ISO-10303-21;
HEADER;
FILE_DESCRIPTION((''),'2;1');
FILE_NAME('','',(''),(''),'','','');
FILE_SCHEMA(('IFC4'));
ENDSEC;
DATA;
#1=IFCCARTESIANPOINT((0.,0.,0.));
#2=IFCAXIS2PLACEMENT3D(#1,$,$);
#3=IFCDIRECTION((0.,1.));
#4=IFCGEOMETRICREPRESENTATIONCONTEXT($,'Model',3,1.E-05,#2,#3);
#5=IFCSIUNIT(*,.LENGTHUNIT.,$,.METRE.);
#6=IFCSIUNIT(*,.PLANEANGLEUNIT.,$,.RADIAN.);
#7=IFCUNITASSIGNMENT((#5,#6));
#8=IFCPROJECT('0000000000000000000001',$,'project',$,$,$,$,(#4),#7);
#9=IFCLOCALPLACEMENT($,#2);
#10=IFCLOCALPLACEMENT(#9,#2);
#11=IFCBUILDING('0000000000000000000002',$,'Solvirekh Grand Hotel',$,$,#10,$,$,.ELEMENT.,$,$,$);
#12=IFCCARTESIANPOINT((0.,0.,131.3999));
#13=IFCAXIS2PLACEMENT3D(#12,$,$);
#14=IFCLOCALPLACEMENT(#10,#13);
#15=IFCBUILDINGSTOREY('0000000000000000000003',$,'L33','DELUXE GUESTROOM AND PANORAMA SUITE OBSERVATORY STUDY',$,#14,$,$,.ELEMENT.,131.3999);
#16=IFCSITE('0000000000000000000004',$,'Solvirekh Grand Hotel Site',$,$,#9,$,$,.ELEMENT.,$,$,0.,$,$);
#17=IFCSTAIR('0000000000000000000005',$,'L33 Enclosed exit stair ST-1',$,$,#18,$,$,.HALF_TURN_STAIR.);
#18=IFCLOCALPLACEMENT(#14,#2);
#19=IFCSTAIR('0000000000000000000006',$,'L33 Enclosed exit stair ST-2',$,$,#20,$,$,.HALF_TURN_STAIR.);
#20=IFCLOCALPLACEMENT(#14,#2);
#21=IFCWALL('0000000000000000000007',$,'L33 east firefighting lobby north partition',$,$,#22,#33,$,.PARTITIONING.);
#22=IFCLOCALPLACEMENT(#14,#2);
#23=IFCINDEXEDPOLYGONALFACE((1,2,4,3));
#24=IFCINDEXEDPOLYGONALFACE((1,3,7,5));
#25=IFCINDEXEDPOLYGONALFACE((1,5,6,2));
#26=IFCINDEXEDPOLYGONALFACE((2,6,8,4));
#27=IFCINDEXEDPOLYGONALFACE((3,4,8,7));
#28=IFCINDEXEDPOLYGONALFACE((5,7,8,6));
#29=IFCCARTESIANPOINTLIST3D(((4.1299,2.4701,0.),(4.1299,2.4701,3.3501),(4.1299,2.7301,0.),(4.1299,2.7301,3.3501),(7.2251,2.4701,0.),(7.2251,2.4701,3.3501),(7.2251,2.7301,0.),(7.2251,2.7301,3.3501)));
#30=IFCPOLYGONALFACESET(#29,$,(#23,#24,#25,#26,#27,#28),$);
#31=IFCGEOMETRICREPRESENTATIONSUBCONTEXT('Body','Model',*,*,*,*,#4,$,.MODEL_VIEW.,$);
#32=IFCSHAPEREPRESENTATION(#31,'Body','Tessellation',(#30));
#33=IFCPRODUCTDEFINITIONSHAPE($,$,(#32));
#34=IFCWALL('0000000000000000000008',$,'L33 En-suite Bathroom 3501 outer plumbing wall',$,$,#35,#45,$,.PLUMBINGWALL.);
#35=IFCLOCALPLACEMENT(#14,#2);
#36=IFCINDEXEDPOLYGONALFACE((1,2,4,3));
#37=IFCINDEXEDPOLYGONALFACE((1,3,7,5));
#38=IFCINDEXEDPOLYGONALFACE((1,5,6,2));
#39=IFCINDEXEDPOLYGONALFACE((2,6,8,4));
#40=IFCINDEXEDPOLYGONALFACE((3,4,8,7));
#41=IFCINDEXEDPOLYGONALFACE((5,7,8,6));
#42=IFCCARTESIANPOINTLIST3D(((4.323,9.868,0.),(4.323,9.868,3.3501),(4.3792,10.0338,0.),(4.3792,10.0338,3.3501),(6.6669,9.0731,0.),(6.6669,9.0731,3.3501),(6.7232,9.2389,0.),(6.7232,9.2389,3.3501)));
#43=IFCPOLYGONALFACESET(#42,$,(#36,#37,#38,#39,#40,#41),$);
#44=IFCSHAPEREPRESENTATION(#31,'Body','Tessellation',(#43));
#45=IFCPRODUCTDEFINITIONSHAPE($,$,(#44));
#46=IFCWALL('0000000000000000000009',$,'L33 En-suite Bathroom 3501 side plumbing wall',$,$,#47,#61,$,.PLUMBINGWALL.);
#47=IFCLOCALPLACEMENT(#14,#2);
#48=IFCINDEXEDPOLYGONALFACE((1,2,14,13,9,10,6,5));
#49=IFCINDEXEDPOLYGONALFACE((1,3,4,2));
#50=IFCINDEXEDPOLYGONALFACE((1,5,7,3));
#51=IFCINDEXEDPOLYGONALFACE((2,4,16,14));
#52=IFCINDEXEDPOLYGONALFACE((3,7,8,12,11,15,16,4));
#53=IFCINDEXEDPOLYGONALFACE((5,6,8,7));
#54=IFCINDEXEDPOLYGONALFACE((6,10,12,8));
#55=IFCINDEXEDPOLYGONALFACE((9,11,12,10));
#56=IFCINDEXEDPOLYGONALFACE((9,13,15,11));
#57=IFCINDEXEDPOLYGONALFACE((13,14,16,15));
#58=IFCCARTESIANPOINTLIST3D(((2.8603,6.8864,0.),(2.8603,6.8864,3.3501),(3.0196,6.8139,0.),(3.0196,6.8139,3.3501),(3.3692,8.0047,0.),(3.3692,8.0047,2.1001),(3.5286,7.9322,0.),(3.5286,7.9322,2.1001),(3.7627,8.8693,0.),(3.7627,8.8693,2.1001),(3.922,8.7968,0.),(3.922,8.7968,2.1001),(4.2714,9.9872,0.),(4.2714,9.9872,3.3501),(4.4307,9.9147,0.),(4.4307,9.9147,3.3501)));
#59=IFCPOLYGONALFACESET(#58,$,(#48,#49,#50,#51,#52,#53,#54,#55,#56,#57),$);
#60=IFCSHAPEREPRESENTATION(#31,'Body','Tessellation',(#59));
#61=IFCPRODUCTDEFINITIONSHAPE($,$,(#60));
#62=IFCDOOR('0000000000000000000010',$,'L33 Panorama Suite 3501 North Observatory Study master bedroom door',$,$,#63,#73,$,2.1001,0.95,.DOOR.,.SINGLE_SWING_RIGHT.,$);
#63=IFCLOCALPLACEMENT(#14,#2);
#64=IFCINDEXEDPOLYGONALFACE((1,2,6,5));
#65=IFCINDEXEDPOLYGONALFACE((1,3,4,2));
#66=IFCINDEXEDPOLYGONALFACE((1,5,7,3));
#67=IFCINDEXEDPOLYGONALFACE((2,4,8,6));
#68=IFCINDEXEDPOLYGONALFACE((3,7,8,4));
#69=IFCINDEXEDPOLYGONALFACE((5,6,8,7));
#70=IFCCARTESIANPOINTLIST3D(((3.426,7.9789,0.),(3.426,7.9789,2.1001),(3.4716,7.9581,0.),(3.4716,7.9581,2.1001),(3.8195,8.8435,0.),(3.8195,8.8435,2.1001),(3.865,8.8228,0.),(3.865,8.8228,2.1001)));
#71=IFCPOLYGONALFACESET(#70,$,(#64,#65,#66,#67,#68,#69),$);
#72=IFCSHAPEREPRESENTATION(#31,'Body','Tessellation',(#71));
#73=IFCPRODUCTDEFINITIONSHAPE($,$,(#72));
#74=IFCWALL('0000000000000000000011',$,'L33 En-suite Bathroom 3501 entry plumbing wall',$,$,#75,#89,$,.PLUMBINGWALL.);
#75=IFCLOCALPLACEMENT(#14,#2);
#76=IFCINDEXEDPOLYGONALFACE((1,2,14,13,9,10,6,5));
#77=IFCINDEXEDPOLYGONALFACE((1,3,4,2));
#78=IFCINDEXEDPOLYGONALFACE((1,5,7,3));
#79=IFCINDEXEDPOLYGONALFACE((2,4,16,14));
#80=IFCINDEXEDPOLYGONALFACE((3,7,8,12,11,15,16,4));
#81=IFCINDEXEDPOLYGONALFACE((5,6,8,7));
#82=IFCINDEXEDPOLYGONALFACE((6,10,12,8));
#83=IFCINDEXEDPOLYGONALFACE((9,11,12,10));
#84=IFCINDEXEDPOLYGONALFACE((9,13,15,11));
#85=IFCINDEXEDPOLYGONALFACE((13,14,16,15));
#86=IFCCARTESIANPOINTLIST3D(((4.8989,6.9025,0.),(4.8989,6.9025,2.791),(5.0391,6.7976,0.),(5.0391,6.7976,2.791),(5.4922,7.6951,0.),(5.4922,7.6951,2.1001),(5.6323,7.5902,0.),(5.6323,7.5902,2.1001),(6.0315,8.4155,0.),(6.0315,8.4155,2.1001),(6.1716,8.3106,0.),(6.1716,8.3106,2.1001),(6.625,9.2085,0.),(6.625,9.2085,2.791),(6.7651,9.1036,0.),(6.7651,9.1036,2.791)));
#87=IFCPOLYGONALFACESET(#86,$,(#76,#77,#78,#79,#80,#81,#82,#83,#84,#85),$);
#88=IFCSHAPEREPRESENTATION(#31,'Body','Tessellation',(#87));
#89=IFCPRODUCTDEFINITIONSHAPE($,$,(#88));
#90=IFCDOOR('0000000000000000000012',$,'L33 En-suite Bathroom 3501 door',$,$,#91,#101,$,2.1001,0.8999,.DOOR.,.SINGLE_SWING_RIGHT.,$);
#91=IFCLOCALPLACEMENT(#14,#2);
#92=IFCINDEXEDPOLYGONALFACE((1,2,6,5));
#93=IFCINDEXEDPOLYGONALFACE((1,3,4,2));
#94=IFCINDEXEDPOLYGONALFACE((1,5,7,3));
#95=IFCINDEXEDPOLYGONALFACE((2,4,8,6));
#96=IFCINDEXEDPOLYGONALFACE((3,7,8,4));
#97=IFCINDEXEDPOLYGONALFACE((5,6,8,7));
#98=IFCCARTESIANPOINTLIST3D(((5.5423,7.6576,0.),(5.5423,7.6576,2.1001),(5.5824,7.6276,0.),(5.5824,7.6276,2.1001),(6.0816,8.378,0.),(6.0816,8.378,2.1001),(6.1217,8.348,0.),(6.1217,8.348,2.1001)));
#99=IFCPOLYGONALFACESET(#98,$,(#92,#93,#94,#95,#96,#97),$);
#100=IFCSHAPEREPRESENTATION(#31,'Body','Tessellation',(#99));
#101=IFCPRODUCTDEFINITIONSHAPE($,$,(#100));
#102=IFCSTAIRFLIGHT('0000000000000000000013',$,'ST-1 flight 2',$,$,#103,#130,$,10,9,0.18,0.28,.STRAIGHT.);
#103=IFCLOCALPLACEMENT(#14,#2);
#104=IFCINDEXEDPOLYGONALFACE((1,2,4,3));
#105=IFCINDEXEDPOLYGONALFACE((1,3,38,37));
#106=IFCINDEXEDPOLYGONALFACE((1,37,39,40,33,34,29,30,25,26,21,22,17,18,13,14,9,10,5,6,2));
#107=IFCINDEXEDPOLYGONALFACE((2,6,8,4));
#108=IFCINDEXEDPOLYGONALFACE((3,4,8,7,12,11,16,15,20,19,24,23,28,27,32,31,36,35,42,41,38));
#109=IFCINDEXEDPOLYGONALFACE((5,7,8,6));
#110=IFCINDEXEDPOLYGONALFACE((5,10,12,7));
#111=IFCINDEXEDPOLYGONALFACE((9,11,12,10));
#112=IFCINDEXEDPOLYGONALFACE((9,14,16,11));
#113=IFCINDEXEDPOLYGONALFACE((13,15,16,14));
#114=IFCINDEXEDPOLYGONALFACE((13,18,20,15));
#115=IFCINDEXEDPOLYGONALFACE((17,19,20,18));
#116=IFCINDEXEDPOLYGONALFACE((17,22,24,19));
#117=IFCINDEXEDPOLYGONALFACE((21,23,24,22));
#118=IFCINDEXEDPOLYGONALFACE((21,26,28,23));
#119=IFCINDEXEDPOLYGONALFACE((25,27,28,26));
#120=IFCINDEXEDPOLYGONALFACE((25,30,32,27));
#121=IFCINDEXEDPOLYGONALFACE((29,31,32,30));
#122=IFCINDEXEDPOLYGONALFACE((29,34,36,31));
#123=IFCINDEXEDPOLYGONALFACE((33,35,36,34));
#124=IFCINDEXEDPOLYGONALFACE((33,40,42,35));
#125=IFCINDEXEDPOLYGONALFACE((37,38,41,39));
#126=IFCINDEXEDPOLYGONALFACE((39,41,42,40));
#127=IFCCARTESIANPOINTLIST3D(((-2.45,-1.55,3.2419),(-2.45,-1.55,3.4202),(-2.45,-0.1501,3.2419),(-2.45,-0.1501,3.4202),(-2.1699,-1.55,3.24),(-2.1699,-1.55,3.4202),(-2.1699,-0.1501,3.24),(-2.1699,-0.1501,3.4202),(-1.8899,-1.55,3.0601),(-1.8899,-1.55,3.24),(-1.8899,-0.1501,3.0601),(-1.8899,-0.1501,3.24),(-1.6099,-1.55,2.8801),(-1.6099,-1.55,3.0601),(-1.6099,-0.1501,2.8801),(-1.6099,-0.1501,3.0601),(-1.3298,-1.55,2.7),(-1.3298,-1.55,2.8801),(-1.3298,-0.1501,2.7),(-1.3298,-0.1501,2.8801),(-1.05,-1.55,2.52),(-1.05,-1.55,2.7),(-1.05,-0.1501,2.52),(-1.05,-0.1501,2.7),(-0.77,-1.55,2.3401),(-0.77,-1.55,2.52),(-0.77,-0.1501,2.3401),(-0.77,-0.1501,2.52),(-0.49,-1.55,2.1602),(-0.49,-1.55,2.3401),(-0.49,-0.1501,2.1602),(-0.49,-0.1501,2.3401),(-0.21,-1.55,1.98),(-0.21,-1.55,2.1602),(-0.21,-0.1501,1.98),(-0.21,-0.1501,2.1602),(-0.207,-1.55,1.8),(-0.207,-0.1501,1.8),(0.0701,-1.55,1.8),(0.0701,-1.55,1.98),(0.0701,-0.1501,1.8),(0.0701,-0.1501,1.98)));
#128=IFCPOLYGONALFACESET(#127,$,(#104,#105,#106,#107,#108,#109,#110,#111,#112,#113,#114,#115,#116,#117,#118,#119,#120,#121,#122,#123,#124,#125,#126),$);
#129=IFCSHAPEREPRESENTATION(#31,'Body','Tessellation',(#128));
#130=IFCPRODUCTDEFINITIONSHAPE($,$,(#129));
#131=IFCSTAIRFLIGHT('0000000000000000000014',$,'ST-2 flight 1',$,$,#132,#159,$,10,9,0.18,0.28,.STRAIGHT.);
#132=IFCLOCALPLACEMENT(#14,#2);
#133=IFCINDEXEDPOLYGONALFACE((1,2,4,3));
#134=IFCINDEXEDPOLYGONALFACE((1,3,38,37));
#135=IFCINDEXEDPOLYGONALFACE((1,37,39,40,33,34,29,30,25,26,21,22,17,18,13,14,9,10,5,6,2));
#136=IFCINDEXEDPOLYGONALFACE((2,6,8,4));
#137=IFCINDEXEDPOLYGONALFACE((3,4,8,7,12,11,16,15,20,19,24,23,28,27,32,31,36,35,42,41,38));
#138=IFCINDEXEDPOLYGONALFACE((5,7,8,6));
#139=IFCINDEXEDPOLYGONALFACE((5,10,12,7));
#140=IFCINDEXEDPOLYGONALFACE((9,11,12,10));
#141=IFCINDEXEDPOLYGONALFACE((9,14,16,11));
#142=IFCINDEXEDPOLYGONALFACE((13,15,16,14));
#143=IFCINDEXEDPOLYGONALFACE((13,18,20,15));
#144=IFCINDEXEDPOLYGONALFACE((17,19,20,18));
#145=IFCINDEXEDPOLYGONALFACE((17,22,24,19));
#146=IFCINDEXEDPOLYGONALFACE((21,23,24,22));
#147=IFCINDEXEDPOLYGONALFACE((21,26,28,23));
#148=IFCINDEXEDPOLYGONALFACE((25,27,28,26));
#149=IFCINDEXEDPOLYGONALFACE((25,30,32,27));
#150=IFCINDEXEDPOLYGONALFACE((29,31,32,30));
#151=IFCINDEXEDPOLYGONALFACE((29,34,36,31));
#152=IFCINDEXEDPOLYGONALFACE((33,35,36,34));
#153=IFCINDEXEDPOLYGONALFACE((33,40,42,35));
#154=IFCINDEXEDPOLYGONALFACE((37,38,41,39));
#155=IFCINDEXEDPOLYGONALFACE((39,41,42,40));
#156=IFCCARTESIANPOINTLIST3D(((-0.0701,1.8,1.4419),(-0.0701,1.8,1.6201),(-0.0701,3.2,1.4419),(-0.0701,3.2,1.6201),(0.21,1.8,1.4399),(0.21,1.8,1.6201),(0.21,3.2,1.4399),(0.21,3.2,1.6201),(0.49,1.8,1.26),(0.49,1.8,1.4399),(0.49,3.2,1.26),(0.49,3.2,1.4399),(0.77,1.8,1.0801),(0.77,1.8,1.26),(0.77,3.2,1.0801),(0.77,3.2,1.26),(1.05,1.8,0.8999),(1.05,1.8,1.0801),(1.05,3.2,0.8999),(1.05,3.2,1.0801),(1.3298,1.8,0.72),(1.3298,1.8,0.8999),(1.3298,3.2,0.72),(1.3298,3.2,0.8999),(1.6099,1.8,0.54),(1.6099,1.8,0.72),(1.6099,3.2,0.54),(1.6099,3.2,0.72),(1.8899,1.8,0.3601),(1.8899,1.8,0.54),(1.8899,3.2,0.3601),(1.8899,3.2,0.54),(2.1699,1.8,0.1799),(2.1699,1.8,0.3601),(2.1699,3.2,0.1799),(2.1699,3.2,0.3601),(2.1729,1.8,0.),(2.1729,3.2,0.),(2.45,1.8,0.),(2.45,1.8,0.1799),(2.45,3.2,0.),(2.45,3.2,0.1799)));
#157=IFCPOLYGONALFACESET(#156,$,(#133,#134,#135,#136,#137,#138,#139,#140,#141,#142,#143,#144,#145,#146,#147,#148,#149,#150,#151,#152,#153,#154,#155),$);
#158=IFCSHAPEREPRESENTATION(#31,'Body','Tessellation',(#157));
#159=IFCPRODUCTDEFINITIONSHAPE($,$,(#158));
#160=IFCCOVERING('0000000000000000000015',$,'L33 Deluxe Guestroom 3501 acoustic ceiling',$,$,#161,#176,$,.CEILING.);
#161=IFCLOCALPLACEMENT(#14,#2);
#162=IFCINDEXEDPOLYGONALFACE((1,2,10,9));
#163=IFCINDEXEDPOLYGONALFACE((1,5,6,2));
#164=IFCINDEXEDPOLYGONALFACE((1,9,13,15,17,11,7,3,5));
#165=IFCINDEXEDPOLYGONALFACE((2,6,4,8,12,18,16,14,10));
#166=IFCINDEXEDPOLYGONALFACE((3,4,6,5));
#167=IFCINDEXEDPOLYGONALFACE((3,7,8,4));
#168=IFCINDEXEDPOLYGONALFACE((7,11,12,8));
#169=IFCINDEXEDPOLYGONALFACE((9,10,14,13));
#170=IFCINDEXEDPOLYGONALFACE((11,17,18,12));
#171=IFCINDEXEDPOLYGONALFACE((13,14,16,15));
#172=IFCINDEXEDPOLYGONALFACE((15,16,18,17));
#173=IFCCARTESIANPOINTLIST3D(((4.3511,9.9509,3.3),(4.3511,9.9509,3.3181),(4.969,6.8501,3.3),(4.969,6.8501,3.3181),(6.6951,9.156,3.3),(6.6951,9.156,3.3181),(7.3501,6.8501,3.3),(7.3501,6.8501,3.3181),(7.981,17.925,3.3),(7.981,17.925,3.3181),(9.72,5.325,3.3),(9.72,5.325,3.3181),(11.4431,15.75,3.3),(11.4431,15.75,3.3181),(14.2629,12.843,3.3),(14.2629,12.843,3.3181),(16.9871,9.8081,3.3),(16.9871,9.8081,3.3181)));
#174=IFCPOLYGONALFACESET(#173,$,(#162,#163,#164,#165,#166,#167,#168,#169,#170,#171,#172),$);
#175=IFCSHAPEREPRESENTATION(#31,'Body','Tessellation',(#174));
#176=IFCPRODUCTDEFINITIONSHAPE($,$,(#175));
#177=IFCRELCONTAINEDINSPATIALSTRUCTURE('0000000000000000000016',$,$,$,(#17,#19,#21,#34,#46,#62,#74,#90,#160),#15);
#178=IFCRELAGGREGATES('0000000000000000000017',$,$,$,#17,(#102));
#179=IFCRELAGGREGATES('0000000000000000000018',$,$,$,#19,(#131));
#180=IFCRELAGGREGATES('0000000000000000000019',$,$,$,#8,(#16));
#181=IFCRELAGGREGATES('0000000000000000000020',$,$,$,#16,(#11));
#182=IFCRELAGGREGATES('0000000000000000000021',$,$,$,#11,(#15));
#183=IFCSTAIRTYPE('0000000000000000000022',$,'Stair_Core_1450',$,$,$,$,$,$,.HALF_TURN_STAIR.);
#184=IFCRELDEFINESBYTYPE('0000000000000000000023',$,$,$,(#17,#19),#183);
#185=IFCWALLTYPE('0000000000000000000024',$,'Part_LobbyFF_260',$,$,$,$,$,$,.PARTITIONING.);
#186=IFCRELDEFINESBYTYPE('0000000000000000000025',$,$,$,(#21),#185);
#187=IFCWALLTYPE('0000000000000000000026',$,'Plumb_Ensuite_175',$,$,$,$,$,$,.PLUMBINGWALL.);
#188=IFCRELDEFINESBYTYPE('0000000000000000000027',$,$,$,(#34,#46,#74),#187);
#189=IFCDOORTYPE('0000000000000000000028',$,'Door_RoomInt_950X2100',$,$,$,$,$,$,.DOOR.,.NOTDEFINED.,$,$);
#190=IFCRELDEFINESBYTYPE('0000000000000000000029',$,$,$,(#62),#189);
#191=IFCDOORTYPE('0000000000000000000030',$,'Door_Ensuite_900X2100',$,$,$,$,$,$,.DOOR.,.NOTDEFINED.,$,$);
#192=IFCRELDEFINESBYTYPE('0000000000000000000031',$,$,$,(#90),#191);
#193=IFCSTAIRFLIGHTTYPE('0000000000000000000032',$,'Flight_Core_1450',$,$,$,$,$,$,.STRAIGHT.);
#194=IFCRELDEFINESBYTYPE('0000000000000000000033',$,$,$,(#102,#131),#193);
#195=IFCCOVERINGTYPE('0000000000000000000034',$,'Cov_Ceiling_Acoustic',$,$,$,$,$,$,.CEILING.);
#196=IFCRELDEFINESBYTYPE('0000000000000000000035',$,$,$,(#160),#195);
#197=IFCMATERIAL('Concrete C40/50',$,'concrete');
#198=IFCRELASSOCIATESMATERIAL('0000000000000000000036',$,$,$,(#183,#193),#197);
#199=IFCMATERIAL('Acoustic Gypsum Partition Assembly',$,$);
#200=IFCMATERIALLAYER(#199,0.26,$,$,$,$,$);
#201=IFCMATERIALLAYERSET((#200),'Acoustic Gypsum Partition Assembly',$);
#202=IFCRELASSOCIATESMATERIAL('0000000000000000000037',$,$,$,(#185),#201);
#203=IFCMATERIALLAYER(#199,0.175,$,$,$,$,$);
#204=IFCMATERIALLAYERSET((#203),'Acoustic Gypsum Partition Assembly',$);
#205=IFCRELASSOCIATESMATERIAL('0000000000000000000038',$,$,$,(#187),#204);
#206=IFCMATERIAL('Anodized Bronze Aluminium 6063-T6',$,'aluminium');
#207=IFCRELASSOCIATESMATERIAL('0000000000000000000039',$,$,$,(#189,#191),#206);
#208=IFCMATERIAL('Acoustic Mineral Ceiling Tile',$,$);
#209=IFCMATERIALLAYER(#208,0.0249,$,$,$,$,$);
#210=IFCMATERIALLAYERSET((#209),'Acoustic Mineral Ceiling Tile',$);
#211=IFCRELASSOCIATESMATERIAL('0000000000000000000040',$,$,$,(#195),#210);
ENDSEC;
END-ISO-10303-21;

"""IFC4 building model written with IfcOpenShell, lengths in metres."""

from ifc_helpers import new_model, si_unit, direction, frame, frame_2d, origin, place, context, subcontext, project, spatial, polyline, rectangle, outline, extrude, material, layer, layer_set, type_object, element, fill, aggregate, save


model = new_model("IFC4")

# Units and contexts
model_context = context("Model", 3, precision=1e-05, world=origin(), true_north=direction((0.0, 1.0)))
body_context = subcontext(model_context, "Body", "Model", "MODEL_VIEW")
ifc_project = project(units=[si_unit("LENGTHUNIT", "METRE"), si_unit("PLANEANGLEUNIT", "RADIAN")], contexts=[model_context])

# Site, building, storey
site_placement = place(None, origin())
site = spatial("IfcSite", under=ifc_project, at=site_placement, Name="Solvirekh Grand Hotel Site", CompositionType="ELEMENT", RefElevation=0.0)
building_placement = place(site_placement, origin())
building = spatial("IfcBuilding", under=site, at=building_placement, Name="Solvirekh Grand Hotel", CompositionType="ELEMENT")
storey_placement = place(building_placement, frame((0.0, 0.0, 131.3999)))
storey = spatial("IfcBuildingStorey", under=building, at=storey_placement, Name="L33", Description="DELUXE GUESTROOM AND PANORAMA SUITE OBSERVATORY STUDY", CompositionType="ELEMENT", Elevation=131.3999)

# Stairs
ifc_material_1 = material(Name="Concrete C40/50", Category="concrete")
stair_type = type_object("IfcStairType", Name="Stair_Core_1450", PredefinedType="HALF_TURN_STAIR", material=ifc_material_1)
stair_1_placement = place(storey_placement, origin())
stair_1 = element("IfcStair", 1, at=stair_1_placement, inside=storey, type_object=stair_type, Name="L33 Enclosed exit stair ST-1", PredefinedType="HALF_TURN_STAIR")
stair_2_placement = place(storey_placement, origin())
stair_2 = element("IfcStair", 2, at=stair_2_placement, inside=storey, type_object=stair_type, Name="L33 Enclosed exit stair ST-2", PredefinedType="HALF_TURN_STAIR")

# Walls
ifc_material_2 = material(Name="Acoustic Gypsum Partition Assembly")
ifc_layer_1 = layer(ifc_material_2, 0.26)
ifc_layer_set_1 = layer_set([ifc_layer_1], Name="Acoustic Gypsum Partition Assembly")
wall_type_1 = type_object("IfcWallType", Name="Part_LobbyFF_260", PredefinedType="PARTITIONING", material=ifc_layer_set_1)
wall_1_placement = place(storey_placement, frame((4.1299, 2.6001, 0.0), z_axis=(0.0, 0.0, 1.0), x_axis=(1.0, 0.0, 0.0)))
element("IfcWall", 3, at=wall_1_placement, inside=storey, type_object=wall_type_1, Name="L33 east firefighting lobby north partition", PredefinedType="PARTITIONING", context=body_context, shape_type="SweptSolid", body=[
    extrude(rectangle(XDim=3.0952, YDim=0.26, at=frame_2d((1.5476, 0.0))), origin(), (0.0, 0.0, 1.0), 3.3501),
])
ifc_layer_2 = layer(ifc_material_2, 0.175)
ifc_layer_set_2 = layer_set([ifc_layer_2], Name="Acoustic Gypsum Partition Assembly")
wall_type_2 = type_object("IfcWallType", Name="Plumb_Ensuite_175", PredefinedType="PLUMBINGWALL", material=ifc_layer_set_2)
wall_2_placement = place(storey_placement, frame((4.3511, 9.9509, 0.0), z_axis=(0.0, 0.0, 1.0), x_axis=(0.947023, -0.321165, 0.0)))
element("IfcWall", 4, at=wall_2_placement, inside=storey, type_object=wall_type_2, Name="L33 En-suite Bathroom 3501 outer plumbing wall", PredefinedType="PLUMBINGWALL", context=body_context, shape_type="SweptSolid", body=[
    extrude(rectangle(XDim=2.4751, YDim=0.175, at=frame_2d((1.2375, 0.0))), origin(), (0.0, 0.0, 1.0), 3.3501),
])

# Walls, openings, doors
wall_3_placement = place(storey_placement, frame((4.3511, 9.9509, 0.0), z_axis=(0.0, 0.0, 1.0), x_axis=(-0.414208, -0.910182, 0.0)))
wall_3 = element("IfcWall", 5, at=wall_3_placement, inside=storey, type_object=wall_type_2, Name="L33 En-suite Bathroom 3501 side plumbing wall", PredefinedType="PLUMBINGWALL", context=body_context, shape_type="SweptSolid", body=[
    extrude(rectangle(XDim=3.4067, YDim=0.175, at=frame_2d((1.7034, 0.0))), origin(), (0.0, 0.0, 1.0), 3.3501),
])
opening_1_placement = place(wall_3_placement, frame((1.228, 0.0, 0.0)))
opening_1 = element("IfcOpeningElement", 6, at=opening_1_placement, cuts=wall_3, PredefinedType="OPENING", context=body_context, shape_type="SweptSolid", body=[
    extrude(rectangle(XDim=0.95, YDim=2.1001, at=frame_2d((0.4751, 1.05))), frame((0.0, 0.0977, 0.0), z_axis=(0.0, -1.0, 0.0), x_axis=(1.0, 0.0, 0.0)), (0.0, 0.0, 1.0), 0.1951),
])
ifc_material_3 = material(Name="Anodized Bronze Aluminium 6063-T6", Category="aluminium")
door_type_1 = type_object("IfcDoorType", Name="Door_RoomInt_950X2100", OperationType="NOTDEFINED", PredefinedType="DOOR", material=ifc_material_3)
door_1_placement = place(opening_1_placement, origin())
door_1 = element("IfcDoor", 7, at=door_1_placement, inside=storey, type_object=door_type_1, Name="L33 Panorama Suite 3501 North Observatory Study master bedroom door", OperationType="SINGLE_SWING_RIGHT", OverallHeight=2.1001, OverallWidth=0.95, PredefinedType="DOOR", context=body_context, shape_type="SweptSolid", body=[
    extrude(rectangle(XDim=0.95, YDim=2.1001, at=frame_2d((0.4751, 1.05))), frame((0.0, 0.0249, 0.0), z_axis=(0.0, -1.0, 0.0), x_axis=(1.0, 0.0, 0.0)), (0.0, 0.0, 1.0), 0.05),
])
fill(opening_1, door_1)
wall_4_placement = place(storey_placement, frame((4.969, 6.8501, 0.0), z_axis=(0.0, 0.0, 1.0), x_axis=(0.599254, 0.800559, 0.0)))
wall_4 = element("IfcWall", 8, at=wall_4_placement, inside=storey, type_object=wall_type_2, Name="L33 En-suite Bathroom 3501 entry plumbing wall", PredefinedType="PLUMBINGWALL", context=body_context, shape_type="SweptSolid", body=[
    extrude(rectangle(XDim=2.8804, YDim=0.175, at=frame_2d((1.4402, 0.0))), origin(), (0.0, 0.0, 1.0), 2.791),
])
opening_2_placement = place(wall_4_placement, frame((0.99, 0.0, 0.0)))
opening_2 = element("IfcOpeningElement", 9, at=opening_2_placement, cuts=wall_4, PredefinedType="OPENING", context=body_context, shape_type="SweptSolid", body=[
    extrude(rectangle(XDim=0.8999, YDim=2.1001, at=frame_2d((0.45, 1.05))), frame((0.0, 0.0977, 0.0), z_axis=(0.0, -1.0, 0.0), x_axis=(1.0, 0.0, 0.0)), (0.0, 0.0, 1.0), 0.1951),
])
door_type_2 = type_object("IfcDoorType", Name="Door_Ensuite_900X2100", OperationType="NOTDEFINED", PredefinedType="DOOR", material=ifc_material_3)
door_2_placement = place(opening_2_placement, origin())
door_2 = element("IfcDoor", 10, at=door_2_placement, inside=storey, type_object=door_type_2, Name="L33 En-suite Bathroom 3501 door", OperationType="SINGLE_SWING_RIGHT", OverallHeight=2.1001, OverallWidth=0.8999, PredefinedType="DOOR", context=body_context, shape_type="SweptSolid", body=[
    extrude(rectangle(XDim=0.8999, YDim=2.1001, at=frame_2d((0.45, 1.05))), frame((0.0, 0.0249, 0.0), z_axis=(0.0, -1.0, 0.0), x_axis=(1.0, 0.0, 0.0)), (0.0, 0.0, 1.0), 0.05),
])
fill(opening_2, door_2)

# Stair flights
stair_flight_type = type_object("IfcStairFlightType", Name="Flight_Core_1450", PredefinedType="STRAIGHT", material=ifc_material_1)
stair_flight_1_placement = place(storey_placement, frame((0.0701, -0.8501, 1.8), z_axis=(0.0, 0.0, 1.0), x_axis=(-1.0, 0.0, 0.0)))
stair_flight_1 = element("IfcStairFlight", 11, at=stair_flight_1_placement, type_object=stair_flight_type, Name="ST-1 flight 2", NumberOfRisers=10, NumberOfTreads=9, PredefinedType="STRAIGHT", RiserHeight=0.18, TreadLength=0.28, context=body_context, shape_type="SweptSolid", body=[
    extrude(outline(polyline([(0.0, 0.0), (0.0, 0.1799), (0.28, 0.1799), (0.28, 0.3601), (0.5601, 0.3601), (0.5601, 0.54), (0.8401, 0.54), (0.8401, 0.72), (1.1201, 0.72), (1.1201, 0.8999), (1.3999, 0.8999), (1.3999, 1.0801), (1.6799, 1.0801), (1.6799, 1.26), (1.96, 1.26), (1.96, 1.4399), (2.24, 1.4399), (2.24, 1.6201), (2.52, 1.6201), (2.52, 1.8), (2.52, 1.4419), (0.2771, 0.0), (0.0, 0.0)])), frame((0.0, 0.7, 0.0), z_axis=(0.0, -1.0, 0.0), x_axis=(1.0, 0.0, 0.0)), (0.0, 0.0, 1.0), 1.3999),
])
aggregate(stair_1, [stair_flight_1])
stair_flight_2_placement = place(storey_placement, frame((2.45, 2.5, 0.0), z_axis=(0.0, 0.0, 1.0), x_axis=(-1.0, 0.0, 0.0)))
stair_flight_2 = element("IfcStairFlight", 12, at=stair_flight_2_placement, type_object=stair_flight_type, Name="ST-2 flight 1", NumberOfRisers=10, NumberOfTreads=9, PredefinedType="STRAIGHT", RiserHeight=0.18, TreadLength=0.28, context=body_context, shape_type="SweptSolid", body=[
    extrude(outline(polyline([(0.0, 0.0), (0.0, 0.1799), (0.28, 0.1799), (0.28, 0.3601), (0.5601, 0.3601), (0.5601, 0.54), (0.8401, 0.54), (0.8401, 0.72), (1.1201, 0.72), (1.1201, 0.8999), (1.3999, 0.8999), (1.3999, 1.0801), (1.6799, 1.0801), (1.6799, 1.26), (1.96, 1.26), (1.96, 1.4399), (2.24, 1.4399), (2.24, 1.6201), (2.52, 1.6201), (2.52, 1.8), (2.52, 1.4419), (0.2771, 0.0), (0.0, 0.0)])), frame((0.0, 0.7, 0.0), z_axis=(0.0, -1.0, 0.0), x_axis=(1.0, 0.0, 0.0)), (0.0, 0.0, 1.0), 1.3999),
])
aggregate(stair_2, [stair_flight_2])

# Covering
ifc_material_4 = material(Name="Acoustic Mineral Ceiling Tile")
ifc_layer_3 = layer(ifc_material_4, 0.0249)
ifc_layer_set_3 = layer_set([ifc_layer_3], Name="Acoustic Mineral Ceiling Tile")
covering_type_1 = type_object("IfcCoveringType", Name="Cov_Ceiling_Acoustic", PredefinedType="CEILING", material=ifc_layer_set_3)
covering_1_placement = place(storey_placement, frame((0.0, 0.0, 3.3)))
element("IfcCovering", 13, at=covering_1_placement, inside=storey, type_object=covering_type_1, Name="L33 Deluxe Guestroom 3501 acoustic ceiling", PredefinedType="CEILING", context=body_context, shape_type="SweptSolid", body=[
    extrude(outline(polyline([(4.3511, 9.9509), (6.6951, 9.156), (4.969, 6.8501), (7.3501, 6.8501), (9.72, 5.325), (16.9871, 9.8081), (14.2629, 12.843), (11.4431, 15.75), (7.981, 17.925), (4.3511, 9.9509)])), origin(), (0.0, 0.0, 1.0), 0.0181),
])

save(model, "model.ifc")
